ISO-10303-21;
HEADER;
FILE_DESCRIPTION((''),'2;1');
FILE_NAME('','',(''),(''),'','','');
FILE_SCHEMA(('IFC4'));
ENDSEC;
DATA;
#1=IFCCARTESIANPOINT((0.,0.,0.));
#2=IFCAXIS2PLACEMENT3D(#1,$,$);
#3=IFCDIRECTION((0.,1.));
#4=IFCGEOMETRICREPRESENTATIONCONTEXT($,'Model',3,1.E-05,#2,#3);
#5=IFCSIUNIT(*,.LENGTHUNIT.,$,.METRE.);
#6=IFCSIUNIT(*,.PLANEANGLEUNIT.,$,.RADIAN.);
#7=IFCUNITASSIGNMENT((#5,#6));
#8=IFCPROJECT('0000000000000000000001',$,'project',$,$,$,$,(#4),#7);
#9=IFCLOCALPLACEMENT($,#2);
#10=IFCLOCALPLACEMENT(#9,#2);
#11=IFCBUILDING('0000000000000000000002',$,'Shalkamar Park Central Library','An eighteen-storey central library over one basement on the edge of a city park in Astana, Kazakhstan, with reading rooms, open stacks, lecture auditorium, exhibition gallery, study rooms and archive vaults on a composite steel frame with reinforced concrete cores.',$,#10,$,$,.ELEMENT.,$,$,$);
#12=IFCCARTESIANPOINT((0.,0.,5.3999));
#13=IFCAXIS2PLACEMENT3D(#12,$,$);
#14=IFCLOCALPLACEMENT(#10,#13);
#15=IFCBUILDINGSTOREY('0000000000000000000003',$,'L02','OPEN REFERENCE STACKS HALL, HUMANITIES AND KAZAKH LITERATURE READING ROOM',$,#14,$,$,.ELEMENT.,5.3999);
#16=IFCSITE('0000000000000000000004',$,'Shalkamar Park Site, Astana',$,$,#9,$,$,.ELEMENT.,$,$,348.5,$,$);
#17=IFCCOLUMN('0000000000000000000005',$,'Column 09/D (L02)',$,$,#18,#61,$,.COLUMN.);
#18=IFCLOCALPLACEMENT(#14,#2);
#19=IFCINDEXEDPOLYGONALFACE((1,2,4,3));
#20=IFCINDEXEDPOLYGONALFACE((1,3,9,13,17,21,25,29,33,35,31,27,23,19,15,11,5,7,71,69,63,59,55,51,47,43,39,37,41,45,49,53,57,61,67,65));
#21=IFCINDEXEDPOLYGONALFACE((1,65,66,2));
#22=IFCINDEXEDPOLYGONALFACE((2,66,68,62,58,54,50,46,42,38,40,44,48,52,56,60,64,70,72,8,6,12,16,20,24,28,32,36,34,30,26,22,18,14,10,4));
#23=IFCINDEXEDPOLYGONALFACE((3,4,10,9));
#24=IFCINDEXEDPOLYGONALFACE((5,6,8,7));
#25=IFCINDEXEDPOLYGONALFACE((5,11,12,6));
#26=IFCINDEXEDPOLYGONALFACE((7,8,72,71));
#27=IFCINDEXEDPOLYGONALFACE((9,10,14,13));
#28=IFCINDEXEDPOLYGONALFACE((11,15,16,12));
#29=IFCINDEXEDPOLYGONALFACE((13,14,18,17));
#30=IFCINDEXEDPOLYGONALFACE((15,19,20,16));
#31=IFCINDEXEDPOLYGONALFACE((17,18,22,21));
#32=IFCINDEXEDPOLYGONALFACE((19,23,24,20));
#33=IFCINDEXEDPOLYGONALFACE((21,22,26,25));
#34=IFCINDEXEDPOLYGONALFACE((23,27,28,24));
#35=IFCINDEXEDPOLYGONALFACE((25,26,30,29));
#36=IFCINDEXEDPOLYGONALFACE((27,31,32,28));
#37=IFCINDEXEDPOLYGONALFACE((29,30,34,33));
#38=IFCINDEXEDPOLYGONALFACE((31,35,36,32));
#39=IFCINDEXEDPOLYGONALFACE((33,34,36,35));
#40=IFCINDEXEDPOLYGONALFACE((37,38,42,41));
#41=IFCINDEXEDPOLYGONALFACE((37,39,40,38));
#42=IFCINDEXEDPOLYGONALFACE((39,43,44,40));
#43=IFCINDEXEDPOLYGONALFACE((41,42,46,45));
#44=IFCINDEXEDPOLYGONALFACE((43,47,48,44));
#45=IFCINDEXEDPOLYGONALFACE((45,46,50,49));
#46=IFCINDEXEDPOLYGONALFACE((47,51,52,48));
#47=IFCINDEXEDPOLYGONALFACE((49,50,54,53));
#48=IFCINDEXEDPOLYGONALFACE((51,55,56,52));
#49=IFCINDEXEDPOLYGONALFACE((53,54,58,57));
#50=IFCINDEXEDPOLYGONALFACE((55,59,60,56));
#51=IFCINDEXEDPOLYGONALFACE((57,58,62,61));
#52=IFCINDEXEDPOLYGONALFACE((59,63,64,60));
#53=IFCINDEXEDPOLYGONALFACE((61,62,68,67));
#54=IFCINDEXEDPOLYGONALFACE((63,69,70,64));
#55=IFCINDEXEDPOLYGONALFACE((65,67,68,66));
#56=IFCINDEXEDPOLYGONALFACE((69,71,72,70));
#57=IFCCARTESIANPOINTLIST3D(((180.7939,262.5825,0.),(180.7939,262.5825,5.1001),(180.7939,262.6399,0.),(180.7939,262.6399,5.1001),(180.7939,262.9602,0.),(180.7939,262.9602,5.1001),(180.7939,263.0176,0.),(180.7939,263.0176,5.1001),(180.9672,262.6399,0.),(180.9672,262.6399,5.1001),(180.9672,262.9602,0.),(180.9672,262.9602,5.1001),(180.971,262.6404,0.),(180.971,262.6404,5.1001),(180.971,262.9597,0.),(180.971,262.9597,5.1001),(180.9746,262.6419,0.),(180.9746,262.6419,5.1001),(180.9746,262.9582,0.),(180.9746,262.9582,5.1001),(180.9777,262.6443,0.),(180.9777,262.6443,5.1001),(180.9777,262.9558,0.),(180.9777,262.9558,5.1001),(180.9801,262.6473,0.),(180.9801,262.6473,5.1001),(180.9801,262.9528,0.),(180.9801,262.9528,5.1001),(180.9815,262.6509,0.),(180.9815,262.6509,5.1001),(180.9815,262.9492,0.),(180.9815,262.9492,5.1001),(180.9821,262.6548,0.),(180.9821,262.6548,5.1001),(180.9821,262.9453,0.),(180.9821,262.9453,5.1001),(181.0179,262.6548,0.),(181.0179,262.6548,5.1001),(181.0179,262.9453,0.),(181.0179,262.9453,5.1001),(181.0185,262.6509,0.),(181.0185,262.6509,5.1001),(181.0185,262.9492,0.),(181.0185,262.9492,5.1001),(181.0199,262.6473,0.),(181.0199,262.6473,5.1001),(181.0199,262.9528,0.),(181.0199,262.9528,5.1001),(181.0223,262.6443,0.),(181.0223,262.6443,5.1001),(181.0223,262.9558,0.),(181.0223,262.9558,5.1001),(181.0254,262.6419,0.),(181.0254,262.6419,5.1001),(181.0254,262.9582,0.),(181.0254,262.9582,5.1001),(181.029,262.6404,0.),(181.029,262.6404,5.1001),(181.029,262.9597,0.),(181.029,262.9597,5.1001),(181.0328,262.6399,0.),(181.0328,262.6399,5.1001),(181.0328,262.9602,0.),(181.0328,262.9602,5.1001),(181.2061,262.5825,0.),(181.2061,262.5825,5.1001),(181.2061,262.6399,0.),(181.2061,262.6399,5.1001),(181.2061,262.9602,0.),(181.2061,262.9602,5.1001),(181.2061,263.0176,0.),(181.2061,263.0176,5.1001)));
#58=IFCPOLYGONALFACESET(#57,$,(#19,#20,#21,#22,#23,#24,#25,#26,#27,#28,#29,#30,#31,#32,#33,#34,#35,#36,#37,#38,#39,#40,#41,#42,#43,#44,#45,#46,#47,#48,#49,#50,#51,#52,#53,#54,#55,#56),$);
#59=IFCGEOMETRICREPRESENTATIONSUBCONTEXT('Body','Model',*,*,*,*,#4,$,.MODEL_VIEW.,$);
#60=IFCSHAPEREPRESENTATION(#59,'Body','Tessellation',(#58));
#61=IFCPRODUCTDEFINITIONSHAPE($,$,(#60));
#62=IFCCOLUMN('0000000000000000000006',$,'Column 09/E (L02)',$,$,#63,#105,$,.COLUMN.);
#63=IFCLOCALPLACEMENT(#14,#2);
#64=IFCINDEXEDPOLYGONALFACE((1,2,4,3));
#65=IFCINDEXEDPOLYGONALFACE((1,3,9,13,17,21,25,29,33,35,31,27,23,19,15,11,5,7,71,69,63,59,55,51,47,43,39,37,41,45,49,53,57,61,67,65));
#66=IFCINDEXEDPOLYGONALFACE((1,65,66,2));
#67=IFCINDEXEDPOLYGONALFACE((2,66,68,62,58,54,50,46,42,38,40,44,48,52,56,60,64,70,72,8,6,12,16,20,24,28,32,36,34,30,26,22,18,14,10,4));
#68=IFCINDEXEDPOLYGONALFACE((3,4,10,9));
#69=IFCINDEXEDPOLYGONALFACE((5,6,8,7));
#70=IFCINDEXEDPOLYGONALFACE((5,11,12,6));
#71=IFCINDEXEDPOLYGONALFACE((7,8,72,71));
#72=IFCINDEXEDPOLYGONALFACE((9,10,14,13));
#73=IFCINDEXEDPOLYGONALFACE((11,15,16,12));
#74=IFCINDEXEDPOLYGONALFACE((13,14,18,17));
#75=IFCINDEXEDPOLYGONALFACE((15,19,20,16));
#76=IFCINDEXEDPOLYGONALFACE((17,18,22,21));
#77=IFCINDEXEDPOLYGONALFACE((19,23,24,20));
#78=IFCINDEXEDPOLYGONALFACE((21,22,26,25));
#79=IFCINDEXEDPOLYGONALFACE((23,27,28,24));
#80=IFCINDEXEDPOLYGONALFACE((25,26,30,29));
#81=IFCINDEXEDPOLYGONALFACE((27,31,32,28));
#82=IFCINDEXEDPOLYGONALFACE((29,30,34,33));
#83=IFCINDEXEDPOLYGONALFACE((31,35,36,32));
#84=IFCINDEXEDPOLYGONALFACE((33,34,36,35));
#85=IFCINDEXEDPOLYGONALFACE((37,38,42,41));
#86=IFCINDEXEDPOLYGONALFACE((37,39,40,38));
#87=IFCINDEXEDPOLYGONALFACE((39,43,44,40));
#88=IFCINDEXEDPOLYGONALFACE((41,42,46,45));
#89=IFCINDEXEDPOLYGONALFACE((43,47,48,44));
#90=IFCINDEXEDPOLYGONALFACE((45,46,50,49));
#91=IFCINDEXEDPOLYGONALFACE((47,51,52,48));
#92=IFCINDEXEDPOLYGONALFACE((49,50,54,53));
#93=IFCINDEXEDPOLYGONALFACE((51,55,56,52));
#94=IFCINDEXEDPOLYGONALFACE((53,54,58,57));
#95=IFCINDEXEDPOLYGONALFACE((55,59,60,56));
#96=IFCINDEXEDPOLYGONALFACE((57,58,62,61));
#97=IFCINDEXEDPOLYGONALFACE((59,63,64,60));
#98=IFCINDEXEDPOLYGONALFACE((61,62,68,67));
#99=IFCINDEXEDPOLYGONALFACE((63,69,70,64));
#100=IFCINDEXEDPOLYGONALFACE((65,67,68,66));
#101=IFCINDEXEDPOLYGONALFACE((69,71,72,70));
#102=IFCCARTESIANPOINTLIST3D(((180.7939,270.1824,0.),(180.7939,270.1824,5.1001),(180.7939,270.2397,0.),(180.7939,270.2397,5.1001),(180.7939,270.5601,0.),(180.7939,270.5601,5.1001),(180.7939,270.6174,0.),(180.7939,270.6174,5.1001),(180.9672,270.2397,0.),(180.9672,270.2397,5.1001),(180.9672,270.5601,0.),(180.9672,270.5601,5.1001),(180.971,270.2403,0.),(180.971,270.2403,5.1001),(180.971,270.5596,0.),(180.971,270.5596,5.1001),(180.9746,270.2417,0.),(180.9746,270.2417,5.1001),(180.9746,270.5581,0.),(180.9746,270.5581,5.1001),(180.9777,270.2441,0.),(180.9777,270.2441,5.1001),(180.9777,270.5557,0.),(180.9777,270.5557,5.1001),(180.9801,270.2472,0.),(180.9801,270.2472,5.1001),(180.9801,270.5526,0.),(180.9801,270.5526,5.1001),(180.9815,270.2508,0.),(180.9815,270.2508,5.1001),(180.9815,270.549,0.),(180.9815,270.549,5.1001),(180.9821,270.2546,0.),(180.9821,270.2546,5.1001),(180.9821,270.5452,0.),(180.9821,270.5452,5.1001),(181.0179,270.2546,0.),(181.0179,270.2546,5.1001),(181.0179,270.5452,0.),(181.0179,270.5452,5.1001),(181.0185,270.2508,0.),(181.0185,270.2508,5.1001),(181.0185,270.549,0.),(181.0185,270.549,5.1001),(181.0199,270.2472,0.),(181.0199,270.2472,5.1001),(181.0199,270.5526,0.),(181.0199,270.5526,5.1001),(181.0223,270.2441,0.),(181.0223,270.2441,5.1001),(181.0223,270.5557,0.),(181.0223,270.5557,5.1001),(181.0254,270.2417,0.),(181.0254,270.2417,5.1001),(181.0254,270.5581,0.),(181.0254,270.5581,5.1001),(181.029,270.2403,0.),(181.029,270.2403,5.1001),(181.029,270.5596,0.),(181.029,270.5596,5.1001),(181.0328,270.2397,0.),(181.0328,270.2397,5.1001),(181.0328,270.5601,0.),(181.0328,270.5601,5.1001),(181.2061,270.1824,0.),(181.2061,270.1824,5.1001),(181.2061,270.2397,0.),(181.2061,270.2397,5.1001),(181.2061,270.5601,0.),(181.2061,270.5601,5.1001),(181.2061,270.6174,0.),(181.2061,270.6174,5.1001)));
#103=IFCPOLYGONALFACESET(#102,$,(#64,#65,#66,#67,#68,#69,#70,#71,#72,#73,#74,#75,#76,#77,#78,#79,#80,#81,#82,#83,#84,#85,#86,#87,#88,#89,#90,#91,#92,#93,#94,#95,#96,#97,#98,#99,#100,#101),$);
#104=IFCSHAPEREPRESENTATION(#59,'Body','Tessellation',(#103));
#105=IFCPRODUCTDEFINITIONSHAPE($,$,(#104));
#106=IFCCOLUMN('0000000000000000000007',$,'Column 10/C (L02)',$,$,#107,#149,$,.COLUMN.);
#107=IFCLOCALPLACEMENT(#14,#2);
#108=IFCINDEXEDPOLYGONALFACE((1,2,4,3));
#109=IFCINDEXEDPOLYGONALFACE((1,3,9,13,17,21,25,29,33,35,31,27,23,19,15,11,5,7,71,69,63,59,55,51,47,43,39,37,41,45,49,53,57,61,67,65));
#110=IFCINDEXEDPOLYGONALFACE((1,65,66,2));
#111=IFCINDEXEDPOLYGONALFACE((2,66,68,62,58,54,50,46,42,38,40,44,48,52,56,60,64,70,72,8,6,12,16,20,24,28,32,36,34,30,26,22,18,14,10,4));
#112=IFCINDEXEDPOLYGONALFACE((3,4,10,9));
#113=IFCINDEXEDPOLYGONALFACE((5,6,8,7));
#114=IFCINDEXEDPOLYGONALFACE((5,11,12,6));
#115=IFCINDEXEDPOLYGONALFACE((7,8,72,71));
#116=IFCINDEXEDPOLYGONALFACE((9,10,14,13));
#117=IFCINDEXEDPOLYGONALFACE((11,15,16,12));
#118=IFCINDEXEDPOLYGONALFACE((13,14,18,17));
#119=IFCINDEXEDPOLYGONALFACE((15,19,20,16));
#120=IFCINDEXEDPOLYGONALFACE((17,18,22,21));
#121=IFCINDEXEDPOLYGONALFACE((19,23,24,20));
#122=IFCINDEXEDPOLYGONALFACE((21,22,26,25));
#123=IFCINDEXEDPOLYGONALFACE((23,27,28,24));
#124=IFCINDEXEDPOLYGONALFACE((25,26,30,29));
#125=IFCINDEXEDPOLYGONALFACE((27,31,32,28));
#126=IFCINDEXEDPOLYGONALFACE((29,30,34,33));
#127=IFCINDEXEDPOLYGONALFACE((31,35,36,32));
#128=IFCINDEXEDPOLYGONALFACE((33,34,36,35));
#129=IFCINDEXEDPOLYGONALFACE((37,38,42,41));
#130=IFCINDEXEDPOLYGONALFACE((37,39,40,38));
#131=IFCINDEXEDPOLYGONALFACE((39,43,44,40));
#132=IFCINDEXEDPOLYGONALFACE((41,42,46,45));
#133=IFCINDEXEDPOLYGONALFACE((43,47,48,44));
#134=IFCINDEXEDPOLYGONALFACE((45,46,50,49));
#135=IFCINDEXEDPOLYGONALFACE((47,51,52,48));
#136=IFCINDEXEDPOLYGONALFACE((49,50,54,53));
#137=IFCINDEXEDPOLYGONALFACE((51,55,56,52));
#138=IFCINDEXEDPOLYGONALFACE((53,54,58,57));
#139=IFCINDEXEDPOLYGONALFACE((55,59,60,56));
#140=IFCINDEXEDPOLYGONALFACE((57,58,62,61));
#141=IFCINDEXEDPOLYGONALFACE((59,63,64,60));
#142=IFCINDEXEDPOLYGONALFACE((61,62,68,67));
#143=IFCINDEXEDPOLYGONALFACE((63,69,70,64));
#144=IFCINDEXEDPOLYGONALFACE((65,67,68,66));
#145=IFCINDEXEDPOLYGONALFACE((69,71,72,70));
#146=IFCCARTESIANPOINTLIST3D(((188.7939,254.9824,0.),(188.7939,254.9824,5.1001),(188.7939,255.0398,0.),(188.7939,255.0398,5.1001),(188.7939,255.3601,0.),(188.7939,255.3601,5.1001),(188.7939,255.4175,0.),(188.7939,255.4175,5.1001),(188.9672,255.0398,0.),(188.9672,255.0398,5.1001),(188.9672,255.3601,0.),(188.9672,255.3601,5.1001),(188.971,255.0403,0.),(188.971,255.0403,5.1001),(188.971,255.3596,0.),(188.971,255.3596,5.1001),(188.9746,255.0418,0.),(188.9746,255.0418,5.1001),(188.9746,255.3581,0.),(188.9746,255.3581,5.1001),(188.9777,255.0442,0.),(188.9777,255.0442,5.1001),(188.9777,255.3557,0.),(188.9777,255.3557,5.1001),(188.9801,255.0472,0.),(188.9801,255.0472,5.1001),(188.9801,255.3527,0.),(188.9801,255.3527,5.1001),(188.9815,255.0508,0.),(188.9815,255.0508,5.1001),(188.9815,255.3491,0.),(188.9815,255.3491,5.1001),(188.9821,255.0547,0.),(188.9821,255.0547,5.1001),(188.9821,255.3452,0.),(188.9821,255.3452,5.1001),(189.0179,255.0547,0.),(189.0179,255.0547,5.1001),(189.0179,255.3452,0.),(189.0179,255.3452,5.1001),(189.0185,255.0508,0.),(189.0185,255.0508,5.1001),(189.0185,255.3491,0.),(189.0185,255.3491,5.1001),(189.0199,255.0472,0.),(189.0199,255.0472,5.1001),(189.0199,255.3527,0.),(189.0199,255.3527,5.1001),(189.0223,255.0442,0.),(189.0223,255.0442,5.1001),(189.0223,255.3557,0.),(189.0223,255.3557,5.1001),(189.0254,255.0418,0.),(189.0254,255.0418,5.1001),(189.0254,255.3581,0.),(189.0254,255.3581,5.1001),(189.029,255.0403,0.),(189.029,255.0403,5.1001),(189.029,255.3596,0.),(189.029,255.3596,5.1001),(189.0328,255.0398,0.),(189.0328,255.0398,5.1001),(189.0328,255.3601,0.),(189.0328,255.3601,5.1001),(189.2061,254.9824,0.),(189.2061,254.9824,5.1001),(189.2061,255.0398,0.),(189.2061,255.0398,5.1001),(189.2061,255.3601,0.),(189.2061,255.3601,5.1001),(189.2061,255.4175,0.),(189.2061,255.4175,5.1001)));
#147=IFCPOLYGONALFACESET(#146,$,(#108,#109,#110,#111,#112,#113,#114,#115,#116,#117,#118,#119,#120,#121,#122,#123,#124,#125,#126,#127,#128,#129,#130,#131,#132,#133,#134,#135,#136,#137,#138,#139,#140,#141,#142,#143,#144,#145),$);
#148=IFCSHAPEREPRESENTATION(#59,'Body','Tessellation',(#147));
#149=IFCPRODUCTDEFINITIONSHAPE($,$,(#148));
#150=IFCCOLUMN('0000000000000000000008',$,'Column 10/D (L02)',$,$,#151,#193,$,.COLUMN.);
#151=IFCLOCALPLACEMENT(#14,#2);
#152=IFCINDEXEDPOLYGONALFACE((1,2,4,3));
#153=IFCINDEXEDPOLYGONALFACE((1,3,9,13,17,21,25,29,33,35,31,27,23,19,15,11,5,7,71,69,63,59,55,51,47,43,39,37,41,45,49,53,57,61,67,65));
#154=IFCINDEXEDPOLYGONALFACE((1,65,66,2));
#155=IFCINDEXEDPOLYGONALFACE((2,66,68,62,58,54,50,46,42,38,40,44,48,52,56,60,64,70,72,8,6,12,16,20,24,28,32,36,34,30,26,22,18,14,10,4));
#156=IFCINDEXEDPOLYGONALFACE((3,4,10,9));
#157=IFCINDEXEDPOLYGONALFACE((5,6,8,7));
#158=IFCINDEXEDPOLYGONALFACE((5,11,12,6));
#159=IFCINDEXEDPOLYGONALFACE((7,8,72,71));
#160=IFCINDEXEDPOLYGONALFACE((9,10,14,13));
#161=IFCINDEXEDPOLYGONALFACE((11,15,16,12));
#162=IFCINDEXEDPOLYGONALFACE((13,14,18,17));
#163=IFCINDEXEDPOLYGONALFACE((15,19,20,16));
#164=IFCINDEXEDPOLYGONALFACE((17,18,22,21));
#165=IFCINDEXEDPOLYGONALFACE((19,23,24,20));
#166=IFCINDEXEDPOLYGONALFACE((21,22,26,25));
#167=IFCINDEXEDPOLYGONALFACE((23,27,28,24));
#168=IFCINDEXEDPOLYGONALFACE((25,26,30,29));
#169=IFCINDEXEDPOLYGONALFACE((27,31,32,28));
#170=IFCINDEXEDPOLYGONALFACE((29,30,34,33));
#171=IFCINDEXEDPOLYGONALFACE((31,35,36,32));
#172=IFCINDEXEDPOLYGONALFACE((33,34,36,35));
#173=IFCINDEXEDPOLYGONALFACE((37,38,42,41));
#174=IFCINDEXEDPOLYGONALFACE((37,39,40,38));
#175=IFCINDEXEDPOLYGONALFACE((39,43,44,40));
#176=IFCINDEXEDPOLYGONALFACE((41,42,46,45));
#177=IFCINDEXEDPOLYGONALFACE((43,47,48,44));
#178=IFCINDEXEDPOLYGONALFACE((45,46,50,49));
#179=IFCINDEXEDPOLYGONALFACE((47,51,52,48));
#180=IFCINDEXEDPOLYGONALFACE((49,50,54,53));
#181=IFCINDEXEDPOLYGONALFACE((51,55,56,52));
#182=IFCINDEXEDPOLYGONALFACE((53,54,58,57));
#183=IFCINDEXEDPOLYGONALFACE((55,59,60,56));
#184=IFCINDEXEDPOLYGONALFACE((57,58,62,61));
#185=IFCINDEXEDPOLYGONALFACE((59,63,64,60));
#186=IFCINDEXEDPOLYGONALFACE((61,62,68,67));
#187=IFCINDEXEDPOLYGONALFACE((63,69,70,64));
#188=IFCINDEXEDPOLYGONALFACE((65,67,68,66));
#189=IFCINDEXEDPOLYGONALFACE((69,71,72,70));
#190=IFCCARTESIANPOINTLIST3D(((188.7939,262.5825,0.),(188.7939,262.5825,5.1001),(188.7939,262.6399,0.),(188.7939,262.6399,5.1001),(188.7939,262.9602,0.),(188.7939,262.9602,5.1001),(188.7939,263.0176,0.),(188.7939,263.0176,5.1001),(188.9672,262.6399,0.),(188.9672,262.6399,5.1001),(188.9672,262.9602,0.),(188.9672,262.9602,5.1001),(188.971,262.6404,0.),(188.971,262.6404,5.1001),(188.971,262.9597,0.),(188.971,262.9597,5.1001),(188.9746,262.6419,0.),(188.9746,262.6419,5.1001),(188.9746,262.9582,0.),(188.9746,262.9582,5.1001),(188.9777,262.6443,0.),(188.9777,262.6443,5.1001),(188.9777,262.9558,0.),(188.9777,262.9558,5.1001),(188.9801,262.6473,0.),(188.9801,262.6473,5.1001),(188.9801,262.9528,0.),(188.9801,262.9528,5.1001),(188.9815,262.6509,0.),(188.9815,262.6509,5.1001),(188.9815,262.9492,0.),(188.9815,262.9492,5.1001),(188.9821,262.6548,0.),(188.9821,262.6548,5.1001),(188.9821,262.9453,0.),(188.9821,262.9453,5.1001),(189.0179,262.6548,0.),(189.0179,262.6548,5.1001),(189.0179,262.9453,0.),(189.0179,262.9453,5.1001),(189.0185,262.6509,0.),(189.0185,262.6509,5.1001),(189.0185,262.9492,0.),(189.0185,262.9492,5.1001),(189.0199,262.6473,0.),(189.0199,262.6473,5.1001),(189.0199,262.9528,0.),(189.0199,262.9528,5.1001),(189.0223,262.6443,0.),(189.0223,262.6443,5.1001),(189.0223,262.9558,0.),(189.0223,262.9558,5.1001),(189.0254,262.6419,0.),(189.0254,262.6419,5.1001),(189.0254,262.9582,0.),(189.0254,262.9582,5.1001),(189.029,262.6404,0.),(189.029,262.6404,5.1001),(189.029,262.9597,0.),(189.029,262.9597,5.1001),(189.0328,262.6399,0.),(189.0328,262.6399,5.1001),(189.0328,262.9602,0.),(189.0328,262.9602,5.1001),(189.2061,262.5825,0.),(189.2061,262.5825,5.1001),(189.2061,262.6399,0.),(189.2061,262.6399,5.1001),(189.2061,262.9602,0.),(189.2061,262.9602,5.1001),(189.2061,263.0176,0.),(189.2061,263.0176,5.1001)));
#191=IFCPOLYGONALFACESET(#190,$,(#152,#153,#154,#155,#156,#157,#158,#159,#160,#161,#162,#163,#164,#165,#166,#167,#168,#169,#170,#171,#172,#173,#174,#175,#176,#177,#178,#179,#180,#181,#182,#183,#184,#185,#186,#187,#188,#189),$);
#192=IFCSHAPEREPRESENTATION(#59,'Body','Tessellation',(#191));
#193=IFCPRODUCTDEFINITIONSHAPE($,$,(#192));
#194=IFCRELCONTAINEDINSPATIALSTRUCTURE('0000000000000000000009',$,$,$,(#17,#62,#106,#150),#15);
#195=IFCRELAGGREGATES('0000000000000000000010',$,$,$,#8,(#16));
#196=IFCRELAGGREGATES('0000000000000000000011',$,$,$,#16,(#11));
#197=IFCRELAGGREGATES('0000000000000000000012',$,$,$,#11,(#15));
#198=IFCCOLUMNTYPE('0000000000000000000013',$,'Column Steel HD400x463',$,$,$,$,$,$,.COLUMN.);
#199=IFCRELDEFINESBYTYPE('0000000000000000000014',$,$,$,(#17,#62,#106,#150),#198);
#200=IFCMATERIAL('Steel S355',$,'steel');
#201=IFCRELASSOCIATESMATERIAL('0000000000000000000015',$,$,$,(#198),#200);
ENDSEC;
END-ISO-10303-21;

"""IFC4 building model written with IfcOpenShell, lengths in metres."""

from ifc_helpers import new_model, si_unit, direction, frame, origin, origin_2d, place, context, subcontext, project, spatial, i_section, extrude, material, material_profile, profile_set, type_object, element, save


model = new_model("IFC4")

# Units and contexts
model_context = context("Model", 3, precision=1e-05, world=origin(), true_north=direction((0.0, 1.0)))
body_context = subcontext(model_context, "Body", "Model", "MODEL_VIEW")
ifc_project = project(units=[si_unit("LENGTHUNIT", "METRE"), si_unit("PLANEANGLEUNIT", "RADIAN")], contexts=[model_context])

# Site, building, storey
site_placement = place(None, origin())
site = spatial("IfcSite", under=ifc_project, at=site_placement, Name="Shalkamar Park Site, Astana", CompositionType="ELEMENT", RefElevation=348.5)
building_placement = place(site_placement, origin())
building = spatial("IfcBuilding", under=site, at=building_placement, Name="Shalkamar Park Central Library", Description="An eighteen-storey central library over one basement on the edge of a city park in Astana, Kazakhstan, with reading rooms, open stacks, lecture auditorium, exhibition gallery, study rooms and archive vaults on a composite steel frame with reinforced concrete cores.", CompositionType="ELEMENT")
storey_placement = place(building_placement, frame((0.0, 0.0, 5.3999)))
storey = spatial("IfcBuildingStorey", under=building, at=storey_placement, Name="L02", Description="OPEN REFERENCE STACKS HALL, HUMANITIES AND KAZAKH LITERATURE READING ROOM", CompositionType="ELEMENT", Elevation=5.3999)

# Columns
ifc_material_1 = material(Name="Steel S355", Category="steel")
ifc_material_profile_1 = material_profile(ifc_material_1, i_section(OverallWidth=0.4121, OverallDepth=0.4351, WebThickness=0.0359, FlangeThickness=0.0574, FilletRadius=0.0149, at=origin_2d()), Name="HD 400x463")
ifc_profile_set_1 = profile_set([ifc_material_profile_1], Name="Steel S355")
column_type = type_object("IfcColumnType", Name="Column Steel HD400x463", PredefinedType="COLUMN", material=ifc_profile_set_1)
for number, where, z_axis, x_axis, name in (
    (1, (181.0, 262.8, 0.0), (0.0, 0.0, 1.0), (1.0, 0.0, 0.0), "Column 09/D (L02)"),
    (2, (181.0, 270.3999, 0.0), (0.0, 0.0, 1.0), (1.0, 0.0, 0.0), "Column 09/E (L02)"),
    (3, (189.0, 255.2, 0.0), (0.0, 0.0, 1.0), (1.0, 0.0, 0.0), "Column 10/C (L02)"),
    (4, (189.0, 262.8, 0.0), (0.0, 0.0, 1.0), (1.0, 0.0, 0.0), "Column 10/D (L02)"),
):
    element("IfcColumn", number, at=place(storey_placement, frame(where, z_axis=z_axis, x_axis=x_axis)), inside=storey, type_object=column_type, Name=name, PredefinedType="COLUMN", context=body_context, shape_type="SweptSolid", body=[
        extrude(i_section(OverallWidth=0.4121, OverallDepth=0.4351, WebThickness=0.0359, FlangeThickness=0.0574, FilletRadius=0.0149, at=origin_2d()), origin(), (0.0, 0.0, 1.0), 5.1001),
    ])

save(model, "model.ifc")
